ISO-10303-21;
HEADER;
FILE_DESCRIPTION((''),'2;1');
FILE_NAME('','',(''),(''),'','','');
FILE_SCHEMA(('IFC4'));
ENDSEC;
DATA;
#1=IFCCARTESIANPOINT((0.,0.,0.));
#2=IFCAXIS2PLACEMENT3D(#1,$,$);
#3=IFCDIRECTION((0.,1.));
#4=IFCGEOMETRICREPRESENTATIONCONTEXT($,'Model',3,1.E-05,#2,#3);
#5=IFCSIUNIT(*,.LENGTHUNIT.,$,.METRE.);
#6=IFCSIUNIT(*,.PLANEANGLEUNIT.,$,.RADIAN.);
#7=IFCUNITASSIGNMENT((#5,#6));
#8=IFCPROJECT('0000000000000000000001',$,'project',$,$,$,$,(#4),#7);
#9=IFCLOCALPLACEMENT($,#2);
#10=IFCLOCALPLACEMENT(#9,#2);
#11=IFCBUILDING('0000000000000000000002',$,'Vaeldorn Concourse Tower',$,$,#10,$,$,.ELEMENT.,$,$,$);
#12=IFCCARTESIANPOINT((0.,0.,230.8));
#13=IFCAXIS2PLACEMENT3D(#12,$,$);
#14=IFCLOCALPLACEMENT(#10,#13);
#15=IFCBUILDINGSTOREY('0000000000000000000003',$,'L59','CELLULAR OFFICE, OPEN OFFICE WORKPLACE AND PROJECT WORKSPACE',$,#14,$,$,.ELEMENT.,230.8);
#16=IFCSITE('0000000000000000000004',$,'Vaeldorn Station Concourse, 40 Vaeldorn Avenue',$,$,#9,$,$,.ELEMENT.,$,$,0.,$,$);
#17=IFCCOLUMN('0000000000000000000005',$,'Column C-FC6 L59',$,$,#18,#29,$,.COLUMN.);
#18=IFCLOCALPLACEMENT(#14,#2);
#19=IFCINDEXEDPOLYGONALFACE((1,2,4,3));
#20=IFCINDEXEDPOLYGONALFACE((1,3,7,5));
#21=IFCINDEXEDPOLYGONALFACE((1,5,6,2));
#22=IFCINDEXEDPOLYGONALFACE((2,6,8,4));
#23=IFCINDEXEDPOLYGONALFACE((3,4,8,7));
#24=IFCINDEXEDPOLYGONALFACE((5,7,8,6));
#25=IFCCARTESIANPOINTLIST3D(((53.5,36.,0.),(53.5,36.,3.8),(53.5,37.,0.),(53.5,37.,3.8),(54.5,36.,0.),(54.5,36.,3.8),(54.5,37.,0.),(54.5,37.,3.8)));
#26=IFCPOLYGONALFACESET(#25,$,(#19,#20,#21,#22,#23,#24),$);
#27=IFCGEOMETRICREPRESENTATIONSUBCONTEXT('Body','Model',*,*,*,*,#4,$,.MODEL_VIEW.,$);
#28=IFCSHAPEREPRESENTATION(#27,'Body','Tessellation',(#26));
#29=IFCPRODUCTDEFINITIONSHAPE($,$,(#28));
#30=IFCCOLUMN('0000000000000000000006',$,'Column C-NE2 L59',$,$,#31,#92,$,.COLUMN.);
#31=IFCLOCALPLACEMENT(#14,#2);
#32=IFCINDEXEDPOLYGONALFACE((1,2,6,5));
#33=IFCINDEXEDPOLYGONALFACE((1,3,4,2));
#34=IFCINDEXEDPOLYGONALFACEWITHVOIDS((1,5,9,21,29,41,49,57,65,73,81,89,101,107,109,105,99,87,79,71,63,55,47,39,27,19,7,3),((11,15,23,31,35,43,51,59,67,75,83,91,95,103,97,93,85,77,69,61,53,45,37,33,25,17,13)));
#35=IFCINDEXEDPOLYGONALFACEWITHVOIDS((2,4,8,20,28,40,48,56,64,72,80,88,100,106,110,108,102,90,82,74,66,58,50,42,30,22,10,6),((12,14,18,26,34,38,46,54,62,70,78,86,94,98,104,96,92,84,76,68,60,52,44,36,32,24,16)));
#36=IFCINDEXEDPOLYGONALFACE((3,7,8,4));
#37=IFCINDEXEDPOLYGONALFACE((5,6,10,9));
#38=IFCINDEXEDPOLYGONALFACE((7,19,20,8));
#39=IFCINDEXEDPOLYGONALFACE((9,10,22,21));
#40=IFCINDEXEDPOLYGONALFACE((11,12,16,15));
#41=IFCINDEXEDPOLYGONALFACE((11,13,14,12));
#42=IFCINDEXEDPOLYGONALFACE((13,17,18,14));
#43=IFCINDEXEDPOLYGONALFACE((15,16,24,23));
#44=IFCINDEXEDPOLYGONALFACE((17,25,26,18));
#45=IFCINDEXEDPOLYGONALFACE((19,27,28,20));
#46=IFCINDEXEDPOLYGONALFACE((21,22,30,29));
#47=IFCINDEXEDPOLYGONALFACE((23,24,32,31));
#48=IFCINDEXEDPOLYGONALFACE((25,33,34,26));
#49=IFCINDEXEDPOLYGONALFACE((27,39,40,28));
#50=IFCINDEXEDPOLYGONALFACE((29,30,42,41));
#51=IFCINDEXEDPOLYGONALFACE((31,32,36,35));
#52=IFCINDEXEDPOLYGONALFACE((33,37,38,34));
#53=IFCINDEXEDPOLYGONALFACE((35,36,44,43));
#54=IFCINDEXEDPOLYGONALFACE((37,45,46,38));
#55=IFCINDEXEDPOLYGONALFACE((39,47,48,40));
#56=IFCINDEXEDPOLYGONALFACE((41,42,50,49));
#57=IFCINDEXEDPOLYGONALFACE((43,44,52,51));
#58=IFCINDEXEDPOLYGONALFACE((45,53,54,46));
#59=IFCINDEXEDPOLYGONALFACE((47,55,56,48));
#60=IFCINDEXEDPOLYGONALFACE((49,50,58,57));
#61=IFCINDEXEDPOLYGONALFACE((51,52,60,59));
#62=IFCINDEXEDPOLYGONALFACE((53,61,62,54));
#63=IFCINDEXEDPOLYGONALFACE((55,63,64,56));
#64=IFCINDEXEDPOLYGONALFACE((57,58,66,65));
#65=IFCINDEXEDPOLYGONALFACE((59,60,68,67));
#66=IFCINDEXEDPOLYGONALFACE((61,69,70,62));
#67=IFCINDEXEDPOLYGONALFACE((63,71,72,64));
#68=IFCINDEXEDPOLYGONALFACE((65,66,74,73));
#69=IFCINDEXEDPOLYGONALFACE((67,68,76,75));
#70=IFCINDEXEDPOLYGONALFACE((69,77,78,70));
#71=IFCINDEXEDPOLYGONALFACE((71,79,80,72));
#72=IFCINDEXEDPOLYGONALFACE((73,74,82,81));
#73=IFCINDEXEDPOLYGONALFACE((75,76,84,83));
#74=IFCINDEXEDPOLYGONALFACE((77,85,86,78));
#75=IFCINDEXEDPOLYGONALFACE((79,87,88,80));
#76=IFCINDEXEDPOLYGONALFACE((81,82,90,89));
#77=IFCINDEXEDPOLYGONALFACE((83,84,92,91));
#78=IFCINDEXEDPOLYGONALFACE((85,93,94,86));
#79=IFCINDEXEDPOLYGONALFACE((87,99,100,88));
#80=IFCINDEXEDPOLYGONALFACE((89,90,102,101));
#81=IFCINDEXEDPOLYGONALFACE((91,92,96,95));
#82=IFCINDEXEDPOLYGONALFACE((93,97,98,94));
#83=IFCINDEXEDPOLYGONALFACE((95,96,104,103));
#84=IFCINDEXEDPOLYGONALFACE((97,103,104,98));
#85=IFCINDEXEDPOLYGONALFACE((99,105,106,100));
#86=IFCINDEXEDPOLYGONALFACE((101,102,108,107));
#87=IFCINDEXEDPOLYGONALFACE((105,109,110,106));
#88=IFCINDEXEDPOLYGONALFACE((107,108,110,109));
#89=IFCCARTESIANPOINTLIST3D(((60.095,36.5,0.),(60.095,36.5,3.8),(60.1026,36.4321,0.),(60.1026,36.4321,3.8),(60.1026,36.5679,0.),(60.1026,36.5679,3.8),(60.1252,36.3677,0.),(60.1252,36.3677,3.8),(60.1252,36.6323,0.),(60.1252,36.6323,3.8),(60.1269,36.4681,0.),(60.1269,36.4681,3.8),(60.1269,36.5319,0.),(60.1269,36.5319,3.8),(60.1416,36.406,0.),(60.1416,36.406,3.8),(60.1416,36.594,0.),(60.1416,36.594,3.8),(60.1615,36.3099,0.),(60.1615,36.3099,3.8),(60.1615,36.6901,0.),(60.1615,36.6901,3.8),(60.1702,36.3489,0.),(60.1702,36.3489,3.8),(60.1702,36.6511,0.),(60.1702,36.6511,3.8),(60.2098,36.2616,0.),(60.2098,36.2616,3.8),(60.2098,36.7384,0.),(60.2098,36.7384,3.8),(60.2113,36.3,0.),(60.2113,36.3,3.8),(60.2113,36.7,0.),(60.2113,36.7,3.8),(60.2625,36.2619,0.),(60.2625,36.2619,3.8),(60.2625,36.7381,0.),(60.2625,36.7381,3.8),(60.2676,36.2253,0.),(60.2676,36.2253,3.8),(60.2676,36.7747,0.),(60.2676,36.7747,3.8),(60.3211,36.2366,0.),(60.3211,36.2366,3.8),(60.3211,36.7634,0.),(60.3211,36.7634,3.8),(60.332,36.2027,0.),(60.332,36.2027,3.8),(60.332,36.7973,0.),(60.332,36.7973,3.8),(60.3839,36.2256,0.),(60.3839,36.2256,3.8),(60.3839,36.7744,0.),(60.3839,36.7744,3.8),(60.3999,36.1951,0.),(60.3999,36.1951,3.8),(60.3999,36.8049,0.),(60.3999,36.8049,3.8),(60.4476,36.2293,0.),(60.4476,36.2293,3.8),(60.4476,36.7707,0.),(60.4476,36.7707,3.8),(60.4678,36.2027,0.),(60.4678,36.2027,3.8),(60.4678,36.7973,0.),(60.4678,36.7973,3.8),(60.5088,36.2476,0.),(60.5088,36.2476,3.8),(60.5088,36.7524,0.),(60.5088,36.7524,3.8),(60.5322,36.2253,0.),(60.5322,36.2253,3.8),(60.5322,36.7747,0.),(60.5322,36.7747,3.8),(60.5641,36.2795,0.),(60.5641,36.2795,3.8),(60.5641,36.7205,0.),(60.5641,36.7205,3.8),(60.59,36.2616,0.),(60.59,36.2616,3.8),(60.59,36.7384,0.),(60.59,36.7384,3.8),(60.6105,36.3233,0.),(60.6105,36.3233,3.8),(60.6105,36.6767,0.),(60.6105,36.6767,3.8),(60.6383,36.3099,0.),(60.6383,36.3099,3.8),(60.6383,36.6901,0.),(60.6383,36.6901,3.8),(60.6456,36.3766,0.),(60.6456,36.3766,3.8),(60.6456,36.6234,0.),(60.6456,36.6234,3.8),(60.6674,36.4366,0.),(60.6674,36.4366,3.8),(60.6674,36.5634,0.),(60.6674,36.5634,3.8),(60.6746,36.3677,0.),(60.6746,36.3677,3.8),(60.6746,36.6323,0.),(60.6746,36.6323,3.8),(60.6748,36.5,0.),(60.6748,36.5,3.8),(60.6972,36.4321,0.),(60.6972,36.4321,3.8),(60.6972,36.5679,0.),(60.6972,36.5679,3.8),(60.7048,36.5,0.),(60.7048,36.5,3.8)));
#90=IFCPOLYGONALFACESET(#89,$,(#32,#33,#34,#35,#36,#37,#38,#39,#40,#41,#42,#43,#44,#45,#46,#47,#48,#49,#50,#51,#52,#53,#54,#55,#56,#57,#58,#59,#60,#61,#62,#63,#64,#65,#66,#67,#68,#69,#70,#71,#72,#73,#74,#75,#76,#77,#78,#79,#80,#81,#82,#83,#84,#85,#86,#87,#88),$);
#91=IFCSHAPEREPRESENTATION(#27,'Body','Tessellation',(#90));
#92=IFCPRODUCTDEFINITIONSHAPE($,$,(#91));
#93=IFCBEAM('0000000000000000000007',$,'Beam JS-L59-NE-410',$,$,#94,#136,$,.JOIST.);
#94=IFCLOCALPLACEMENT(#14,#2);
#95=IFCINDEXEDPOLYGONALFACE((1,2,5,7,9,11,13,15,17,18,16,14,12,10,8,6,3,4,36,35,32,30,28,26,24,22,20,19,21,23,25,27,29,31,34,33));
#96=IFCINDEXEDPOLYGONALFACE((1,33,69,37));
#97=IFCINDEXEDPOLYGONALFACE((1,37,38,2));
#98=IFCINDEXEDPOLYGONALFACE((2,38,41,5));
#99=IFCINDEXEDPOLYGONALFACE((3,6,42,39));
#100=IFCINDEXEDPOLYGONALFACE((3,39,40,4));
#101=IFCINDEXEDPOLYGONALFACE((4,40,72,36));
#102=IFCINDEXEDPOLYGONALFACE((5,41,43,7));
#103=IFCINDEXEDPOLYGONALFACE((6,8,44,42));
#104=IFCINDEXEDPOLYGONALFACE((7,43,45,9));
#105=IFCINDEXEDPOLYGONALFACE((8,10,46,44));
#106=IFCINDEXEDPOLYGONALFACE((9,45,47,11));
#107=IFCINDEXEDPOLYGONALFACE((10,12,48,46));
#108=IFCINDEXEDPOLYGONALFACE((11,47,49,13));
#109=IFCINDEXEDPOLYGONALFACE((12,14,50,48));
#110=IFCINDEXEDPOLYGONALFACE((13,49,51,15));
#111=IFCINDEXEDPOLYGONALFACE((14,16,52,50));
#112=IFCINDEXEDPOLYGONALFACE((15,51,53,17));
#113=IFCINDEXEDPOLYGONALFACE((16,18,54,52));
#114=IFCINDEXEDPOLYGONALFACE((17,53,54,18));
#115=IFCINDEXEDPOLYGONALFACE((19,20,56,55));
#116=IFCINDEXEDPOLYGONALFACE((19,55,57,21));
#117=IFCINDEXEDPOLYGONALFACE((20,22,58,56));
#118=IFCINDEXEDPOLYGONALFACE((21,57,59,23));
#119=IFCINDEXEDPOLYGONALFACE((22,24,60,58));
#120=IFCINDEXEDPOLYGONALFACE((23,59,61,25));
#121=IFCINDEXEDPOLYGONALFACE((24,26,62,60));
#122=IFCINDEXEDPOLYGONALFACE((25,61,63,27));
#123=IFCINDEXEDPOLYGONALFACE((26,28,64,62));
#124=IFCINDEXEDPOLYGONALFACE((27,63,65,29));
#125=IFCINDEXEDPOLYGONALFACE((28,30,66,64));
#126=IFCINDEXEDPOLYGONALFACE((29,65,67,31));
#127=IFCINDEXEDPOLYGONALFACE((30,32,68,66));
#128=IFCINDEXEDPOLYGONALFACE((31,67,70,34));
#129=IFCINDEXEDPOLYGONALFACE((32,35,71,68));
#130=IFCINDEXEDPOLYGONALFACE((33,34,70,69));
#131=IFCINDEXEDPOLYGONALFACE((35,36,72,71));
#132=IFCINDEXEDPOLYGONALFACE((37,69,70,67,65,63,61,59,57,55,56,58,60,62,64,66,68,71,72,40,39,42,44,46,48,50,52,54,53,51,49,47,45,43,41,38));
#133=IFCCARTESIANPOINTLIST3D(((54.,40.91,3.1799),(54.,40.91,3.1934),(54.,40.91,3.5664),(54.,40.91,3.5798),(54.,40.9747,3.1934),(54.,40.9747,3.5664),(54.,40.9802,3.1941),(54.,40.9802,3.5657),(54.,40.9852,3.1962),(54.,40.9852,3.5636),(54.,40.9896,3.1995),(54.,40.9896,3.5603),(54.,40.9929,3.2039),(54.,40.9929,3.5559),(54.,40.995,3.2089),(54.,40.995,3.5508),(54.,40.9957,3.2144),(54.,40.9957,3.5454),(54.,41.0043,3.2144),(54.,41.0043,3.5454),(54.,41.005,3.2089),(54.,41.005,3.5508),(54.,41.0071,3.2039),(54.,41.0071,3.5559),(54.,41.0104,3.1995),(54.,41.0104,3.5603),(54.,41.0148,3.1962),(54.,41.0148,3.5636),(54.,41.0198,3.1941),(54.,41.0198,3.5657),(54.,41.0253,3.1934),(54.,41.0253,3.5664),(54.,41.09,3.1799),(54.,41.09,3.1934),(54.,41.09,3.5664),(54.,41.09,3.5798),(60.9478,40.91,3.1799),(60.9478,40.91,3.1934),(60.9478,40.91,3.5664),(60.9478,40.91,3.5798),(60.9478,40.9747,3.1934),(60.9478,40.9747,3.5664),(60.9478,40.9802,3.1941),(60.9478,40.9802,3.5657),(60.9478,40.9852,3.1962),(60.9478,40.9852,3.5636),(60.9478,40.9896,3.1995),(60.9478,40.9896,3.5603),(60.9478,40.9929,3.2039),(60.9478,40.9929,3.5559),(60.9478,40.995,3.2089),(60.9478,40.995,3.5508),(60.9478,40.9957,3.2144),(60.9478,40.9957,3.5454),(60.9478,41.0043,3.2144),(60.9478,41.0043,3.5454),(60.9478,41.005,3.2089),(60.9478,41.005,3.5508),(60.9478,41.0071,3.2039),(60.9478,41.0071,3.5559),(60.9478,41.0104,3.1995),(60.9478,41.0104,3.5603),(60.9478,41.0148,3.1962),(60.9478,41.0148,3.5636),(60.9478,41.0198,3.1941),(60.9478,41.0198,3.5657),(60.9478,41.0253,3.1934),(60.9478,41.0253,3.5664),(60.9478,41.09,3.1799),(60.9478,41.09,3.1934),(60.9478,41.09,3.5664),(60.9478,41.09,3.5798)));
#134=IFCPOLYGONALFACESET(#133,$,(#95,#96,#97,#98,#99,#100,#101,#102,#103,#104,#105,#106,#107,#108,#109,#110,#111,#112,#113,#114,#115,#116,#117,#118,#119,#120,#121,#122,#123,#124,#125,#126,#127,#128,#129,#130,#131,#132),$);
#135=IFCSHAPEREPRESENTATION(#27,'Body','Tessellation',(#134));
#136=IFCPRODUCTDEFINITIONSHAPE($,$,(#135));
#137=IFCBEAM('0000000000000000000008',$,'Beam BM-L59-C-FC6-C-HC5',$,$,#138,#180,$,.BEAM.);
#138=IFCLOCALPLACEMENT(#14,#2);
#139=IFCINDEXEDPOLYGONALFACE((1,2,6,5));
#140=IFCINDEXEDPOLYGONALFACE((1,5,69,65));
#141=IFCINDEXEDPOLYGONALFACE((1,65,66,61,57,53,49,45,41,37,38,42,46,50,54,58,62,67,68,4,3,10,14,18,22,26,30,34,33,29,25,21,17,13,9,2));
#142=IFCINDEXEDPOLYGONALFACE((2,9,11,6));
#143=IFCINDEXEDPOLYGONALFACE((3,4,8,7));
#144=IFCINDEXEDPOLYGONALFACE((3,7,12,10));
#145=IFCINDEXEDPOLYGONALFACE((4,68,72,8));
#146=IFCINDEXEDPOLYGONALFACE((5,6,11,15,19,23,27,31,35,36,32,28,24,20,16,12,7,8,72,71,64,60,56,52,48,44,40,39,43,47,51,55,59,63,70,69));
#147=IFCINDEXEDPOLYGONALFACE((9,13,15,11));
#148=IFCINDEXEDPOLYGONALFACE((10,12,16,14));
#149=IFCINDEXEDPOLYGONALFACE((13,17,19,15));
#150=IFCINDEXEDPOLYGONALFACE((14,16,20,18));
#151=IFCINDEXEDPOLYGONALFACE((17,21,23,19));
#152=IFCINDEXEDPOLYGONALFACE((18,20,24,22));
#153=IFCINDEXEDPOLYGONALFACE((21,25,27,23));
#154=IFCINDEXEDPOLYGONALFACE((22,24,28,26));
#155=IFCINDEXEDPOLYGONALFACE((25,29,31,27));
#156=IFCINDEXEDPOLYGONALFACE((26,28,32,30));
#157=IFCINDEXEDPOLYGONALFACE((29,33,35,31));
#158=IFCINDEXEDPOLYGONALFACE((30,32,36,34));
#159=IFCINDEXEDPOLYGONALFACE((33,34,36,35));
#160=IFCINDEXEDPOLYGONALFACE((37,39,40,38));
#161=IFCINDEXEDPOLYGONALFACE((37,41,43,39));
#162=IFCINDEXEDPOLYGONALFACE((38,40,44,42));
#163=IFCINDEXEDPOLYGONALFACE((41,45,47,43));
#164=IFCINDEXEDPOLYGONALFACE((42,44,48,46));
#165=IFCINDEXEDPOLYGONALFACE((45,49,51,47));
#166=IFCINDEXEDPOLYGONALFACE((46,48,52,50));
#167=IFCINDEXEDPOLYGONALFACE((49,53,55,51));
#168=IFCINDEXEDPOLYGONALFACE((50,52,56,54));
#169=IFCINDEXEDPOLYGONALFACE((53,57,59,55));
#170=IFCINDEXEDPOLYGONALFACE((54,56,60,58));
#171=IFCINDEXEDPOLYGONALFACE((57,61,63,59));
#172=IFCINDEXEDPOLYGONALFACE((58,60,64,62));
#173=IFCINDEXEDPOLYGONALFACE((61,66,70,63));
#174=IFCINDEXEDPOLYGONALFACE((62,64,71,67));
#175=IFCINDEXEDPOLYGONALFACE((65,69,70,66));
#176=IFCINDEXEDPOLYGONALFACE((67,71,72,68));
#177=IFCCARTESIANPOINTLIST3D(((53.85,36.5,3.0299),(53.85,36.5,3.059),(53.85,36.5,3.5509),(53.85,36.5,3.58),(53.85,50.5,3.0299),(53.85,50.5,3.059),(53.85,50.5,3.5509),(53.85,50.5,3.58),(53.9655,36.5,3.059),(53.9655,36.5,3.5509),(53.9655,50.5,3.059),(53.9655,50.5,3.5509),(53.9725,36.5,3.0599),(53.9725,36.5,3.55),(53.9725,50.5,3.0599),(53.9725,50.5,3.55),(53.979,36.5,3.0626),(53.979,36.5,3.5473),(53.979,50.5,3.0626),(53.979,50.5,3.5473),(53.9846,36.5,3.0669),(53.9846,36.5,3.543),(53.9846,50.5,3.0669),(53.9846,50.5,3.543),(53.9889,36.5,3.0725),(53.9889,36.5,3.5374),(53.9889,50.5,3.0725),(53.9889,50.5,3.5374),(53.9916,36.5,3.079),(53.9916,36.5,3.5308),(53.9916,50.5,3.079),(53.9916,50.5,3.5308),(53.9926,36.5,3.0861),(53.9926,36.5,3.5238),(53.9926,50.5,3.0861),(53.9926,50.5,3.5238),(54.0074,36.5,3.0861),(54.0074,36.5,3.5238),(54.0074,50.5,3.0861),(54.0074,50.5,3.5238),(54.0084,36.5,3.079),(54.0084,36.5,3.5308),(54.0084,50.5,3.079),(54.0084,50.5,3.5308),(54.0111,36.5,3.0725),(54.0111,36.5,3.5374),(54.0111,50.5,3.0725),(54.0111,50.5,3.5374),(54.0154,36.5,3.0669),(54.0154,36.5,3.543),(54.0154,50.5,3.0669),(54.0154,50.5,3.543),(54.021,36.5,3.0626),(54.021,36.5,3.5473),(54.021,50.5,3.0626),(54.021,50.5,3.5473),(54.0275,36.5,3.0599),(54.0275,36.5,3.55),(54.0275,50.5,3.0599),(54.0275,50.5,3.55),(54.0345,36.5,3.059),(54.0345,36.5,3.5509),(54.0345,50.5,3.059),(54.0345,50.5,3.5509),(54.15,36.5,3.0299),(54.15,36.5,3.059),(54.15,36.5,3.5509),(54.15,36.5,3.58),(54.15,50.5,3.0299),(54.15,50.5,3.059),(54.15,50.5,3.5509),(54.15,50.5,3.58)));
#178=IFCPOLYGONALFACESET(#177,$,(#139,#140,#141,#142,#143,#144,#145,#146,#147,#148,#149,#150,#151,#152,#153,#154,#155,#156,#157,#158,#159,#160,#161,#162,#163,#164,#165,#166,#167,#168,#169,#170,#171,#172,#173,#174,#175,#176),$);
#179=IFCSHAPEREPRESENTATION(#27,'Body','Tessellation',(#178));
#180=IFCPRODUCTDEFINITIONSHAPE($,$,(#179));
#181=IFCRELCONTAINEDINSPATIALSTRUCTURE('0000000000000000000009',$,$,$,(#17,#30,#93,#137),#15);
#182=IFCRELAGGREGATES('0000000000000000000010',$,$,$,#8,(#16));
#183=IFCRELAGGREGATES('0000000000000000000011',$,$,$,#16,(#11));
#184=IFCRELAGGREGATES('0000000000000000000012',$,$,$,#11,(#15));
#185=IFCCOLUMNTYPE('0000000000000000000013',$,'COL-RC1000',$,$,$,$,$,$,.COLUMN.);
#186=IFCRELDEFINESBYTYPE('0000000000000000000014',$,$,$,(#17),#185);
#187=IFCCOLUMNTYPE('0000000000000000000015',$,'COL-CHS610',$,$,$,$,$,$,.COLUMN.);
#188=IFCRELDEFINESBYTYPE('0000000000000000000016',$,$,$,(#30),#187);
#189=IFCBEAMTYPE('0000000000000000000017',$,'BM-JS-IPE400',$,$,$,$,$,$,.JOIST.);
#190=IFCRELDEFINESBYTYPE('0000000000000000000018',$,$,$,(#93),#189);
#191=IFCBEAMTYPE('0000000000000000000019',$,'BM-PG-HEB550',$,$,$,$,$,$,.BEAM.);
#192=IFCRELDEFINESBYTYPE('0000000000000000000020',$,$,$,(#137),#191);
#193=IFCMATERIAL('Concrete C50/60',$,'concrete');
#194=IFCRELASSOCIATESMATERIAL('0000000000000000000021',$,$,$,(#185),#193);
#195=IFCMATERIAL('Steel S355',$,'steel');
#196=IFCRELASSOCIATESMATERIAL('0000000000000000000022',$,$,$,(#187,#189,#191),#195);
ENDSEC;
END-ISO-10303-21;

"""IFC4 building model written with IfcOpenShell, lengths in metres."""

from ifc_helpers import new_model, si_unit, direction, frame, origin, origin_2d, place, context, subcontext, project, spatial, rectangle, hollow_circle, i_section, extrude, source, transform, mapped, material, material_profile, profile_set, type_object, element, save


model = new_model("IFC4")

# Units and contexts
model_context = context("Model", 3, precision=1e-05, world=origin(), true_north=direction((0.0, 1.0)))
body_context = subcontext(model_context, "Body", "Model", "MODEL_VIEW")
ifc_project = project(units=[si_unit("LENGTHUNIT", "METRE"), si_unit("PLANEANGLEUNIT", "RADIAN")], contexts=[model_context])

# Site, building, storey
site_placement = place(None, origin())
site = spatial("IfcSite", under=ifc_project, at=site_placement, Name="Vaeldorn Station Concourse, 40 Vaeldorn Avenue", CompositionType="ELEMENT", RefElevation=0.0)
building_placement = place(site_placement, origin())
building = spatial("IfcBuilding", under=site, at=building_placement, Name="Vaeldorn Concourse Tower", CompositionType="ELEMENT")
storey_placement = place(building_placement, frame((0.0, 0.0, 230.8)))
storey = spatial("IfcBuildingStorey", under=building, at=storey_placement, Name="L59", Description="CELLULAR OFFICE, OPEN OFFICE WORKPLACE AND PROJECT WORKSPACE", CompositionType="ELEMENT", Elevation=230.8)

# Columns
ifc_material_1 = material(Name="Concrete C50/60", Category="concrete")
ifc_material_profile_1 = material_profile(ifc_material_1, rectangle(XDim=1.0, YDim=1.0, at=origin_2d()), Name="RC 1000x1000")
ifc_profile_set_1 = profile_set([ifc_material_profile_1], Name="Concrete C50/60")
column_type_1 = type_object("IfcColumnType", Name="COL-RC1000", PredefinedType="COLUMN", material=ifc_profile_set_1)
shared_shape_1 = source(origin(), body_context, "Body", "SweptSolid", [
    extrude(rectangle(XDim=1.0, YDim=1.0, at=origin_2d()), origin(), (0.0, 0.0, 1.0), 3.8),
])
column_1_placement = place(storey_placement, frame((54.0, 36.5, 0.0), z_axis=(0.0, 0.0, 1.0), x_axis=(1.0, 0.0, 0.0)))
element("IfcColumn", 1, at=column_1_placement, inside=storey, type_object=column_type_1, Name="Column C-FC6 L59", PredefinedType="COLUMN", context=body_context, shape_type="MappedRepresentation", body=[
    mapped(shared_shape_1, transform((0.0, 0.0, 0.0), scale=1.0)),
])
ifc_material_2 = material(Name="Steel S355", Category="steel")
ifc_material_profile_2 = material_profile(ifc_material_2, hollow_circle(Radius=0.3049, WallThickness=0.03, at=origin_2d()), Name="CHS 610x30")
ifc_profile_set_2 = profile_set([ifc_material_profile_2], Name="Steel S355")
column_type_2 = type_object("IfcColumnType", Name="COL-CHS610", PredefinedType="COLUMN", material=ifc_profile_set_2)
shared_shape_2 = source(origin(), body_context, "Body", "SweptSolid", [
    extrude(hollow_circle(Radius=0.3049, WallThickness=0.03, at=origin_2d()), origin(), (0.0, 0.0, 1.0), 3.8),
])
column_2_placement = place(storey_placement, frame((60.3999, 36.5, 0.0), z_axis=(0.0, 0.0, 1.0), x_axis=(1.0, 0.0, 0.0)))
element("IfcColumn", 2, at=column_2_placement, inside=storey, type_object=column_type_2, Name="Column C-NE2 L59", PredefinedType="COLUMN", context=body_context, shape_type="MappedRepresentation", body=[
    mapped(shared_shape_2, transform((0.0, 0.0, 0.0), scale=1.0)),
])

# Beams
ifc_material_profile_3 = material_profile(ifc_material_2, i_section(OverallWidth=0.1799, OverallDepth=0.3999, WebThickness=0.0085, FlangeThickness=0.0134, FilletRadius=0.021, at=origin_2d()), Name="IPE 400")
ifc_profile_set_3 = profile_set([ifc_material_profile_3], Name="Steel S355")
beam_type_1 = type_object("IfcBeamType", Name="BM-JS-IPE400", PredefinedType="JOIST", material=ifc_profile_set_3)
shared_shape_3 = source(origin(), body_context, "Body", "SweptSolid", [
    extrude(i_section(OverallWidth=0.1799, OverallDepth=0.3999, WebThickness=0.0085, FlangeThickness=0.0134, FilletRadius=0.021, at=origin_2d()), origin(), (0.0, 0.0, 1.0), 6.9478),
])
beam_1_placement = place(storey_placement, frame((54.0, 41.0, 3.3799), z_axis=(1.0, 0.0, 0.0), x_axis=(0.0, 1.0, 0.0)))
element("IfcBeam", 3, at=beam_1_placement, inside=storey, type_object=beam_type_1, Name="Beam JS-L59-NE-410", PredefinedType="JOIST", context=body_context, shape_type="MappedRepresentation", body=[
    mapped(shared_shape_3, transform((0.0, 0.0, 0.0), scale=1.0)),
])
ifc_material_profile_4 = material_profile(ifc_material_2, i_section(OverallWidth=0.3, OverallDepth=0.55, WebThickness=0.0149, FlangeThickness=0.0291, FilletRadius=0.0271, at=origin_2d()), Name="HEB 550")
ifc_profile_set_4 = profile_set([ifc_material_profile_4], Name="Steel S355")
beam_type_2 = type_object("IfcBeamType", Name="BM-PG-HEB550", PredefinedType="BEAM", material=ifc_profile_set_4)
shared_shape_4 = source(origin(), body_context, "Body", "SweptSolid", [
    extrude(i_section(OverallWidth=0.3, OverallDepth=0.55, WebThickness=0.0149, FlangeThickness=0.0291, FilletRadius=0.0271, at=origin_2d()), origin(), (0.0, 0.0, 1.0), 14.0),
])
beam_2_placement = place(storey_placement, frame((54.0, 36.5, 3.3049), z_axis=(0.0, 1.0, 0.0), x_axis=(-1.0, 0.0, 0.0)))
element("IfcBeam", 4, at=beam_2_placement, inside=storey, type_object=beam_type_2, Name="Beam BM-L59-C-FC6-C-HC5", PredefinedType="BEAM", context=body_context, shape_type="MappedRepresentation", body=[
    mapped(shared_shape_4, transform((0.0, 0.0, 0.0), scale=1.0)),
])

save(model, "model.ifc")
